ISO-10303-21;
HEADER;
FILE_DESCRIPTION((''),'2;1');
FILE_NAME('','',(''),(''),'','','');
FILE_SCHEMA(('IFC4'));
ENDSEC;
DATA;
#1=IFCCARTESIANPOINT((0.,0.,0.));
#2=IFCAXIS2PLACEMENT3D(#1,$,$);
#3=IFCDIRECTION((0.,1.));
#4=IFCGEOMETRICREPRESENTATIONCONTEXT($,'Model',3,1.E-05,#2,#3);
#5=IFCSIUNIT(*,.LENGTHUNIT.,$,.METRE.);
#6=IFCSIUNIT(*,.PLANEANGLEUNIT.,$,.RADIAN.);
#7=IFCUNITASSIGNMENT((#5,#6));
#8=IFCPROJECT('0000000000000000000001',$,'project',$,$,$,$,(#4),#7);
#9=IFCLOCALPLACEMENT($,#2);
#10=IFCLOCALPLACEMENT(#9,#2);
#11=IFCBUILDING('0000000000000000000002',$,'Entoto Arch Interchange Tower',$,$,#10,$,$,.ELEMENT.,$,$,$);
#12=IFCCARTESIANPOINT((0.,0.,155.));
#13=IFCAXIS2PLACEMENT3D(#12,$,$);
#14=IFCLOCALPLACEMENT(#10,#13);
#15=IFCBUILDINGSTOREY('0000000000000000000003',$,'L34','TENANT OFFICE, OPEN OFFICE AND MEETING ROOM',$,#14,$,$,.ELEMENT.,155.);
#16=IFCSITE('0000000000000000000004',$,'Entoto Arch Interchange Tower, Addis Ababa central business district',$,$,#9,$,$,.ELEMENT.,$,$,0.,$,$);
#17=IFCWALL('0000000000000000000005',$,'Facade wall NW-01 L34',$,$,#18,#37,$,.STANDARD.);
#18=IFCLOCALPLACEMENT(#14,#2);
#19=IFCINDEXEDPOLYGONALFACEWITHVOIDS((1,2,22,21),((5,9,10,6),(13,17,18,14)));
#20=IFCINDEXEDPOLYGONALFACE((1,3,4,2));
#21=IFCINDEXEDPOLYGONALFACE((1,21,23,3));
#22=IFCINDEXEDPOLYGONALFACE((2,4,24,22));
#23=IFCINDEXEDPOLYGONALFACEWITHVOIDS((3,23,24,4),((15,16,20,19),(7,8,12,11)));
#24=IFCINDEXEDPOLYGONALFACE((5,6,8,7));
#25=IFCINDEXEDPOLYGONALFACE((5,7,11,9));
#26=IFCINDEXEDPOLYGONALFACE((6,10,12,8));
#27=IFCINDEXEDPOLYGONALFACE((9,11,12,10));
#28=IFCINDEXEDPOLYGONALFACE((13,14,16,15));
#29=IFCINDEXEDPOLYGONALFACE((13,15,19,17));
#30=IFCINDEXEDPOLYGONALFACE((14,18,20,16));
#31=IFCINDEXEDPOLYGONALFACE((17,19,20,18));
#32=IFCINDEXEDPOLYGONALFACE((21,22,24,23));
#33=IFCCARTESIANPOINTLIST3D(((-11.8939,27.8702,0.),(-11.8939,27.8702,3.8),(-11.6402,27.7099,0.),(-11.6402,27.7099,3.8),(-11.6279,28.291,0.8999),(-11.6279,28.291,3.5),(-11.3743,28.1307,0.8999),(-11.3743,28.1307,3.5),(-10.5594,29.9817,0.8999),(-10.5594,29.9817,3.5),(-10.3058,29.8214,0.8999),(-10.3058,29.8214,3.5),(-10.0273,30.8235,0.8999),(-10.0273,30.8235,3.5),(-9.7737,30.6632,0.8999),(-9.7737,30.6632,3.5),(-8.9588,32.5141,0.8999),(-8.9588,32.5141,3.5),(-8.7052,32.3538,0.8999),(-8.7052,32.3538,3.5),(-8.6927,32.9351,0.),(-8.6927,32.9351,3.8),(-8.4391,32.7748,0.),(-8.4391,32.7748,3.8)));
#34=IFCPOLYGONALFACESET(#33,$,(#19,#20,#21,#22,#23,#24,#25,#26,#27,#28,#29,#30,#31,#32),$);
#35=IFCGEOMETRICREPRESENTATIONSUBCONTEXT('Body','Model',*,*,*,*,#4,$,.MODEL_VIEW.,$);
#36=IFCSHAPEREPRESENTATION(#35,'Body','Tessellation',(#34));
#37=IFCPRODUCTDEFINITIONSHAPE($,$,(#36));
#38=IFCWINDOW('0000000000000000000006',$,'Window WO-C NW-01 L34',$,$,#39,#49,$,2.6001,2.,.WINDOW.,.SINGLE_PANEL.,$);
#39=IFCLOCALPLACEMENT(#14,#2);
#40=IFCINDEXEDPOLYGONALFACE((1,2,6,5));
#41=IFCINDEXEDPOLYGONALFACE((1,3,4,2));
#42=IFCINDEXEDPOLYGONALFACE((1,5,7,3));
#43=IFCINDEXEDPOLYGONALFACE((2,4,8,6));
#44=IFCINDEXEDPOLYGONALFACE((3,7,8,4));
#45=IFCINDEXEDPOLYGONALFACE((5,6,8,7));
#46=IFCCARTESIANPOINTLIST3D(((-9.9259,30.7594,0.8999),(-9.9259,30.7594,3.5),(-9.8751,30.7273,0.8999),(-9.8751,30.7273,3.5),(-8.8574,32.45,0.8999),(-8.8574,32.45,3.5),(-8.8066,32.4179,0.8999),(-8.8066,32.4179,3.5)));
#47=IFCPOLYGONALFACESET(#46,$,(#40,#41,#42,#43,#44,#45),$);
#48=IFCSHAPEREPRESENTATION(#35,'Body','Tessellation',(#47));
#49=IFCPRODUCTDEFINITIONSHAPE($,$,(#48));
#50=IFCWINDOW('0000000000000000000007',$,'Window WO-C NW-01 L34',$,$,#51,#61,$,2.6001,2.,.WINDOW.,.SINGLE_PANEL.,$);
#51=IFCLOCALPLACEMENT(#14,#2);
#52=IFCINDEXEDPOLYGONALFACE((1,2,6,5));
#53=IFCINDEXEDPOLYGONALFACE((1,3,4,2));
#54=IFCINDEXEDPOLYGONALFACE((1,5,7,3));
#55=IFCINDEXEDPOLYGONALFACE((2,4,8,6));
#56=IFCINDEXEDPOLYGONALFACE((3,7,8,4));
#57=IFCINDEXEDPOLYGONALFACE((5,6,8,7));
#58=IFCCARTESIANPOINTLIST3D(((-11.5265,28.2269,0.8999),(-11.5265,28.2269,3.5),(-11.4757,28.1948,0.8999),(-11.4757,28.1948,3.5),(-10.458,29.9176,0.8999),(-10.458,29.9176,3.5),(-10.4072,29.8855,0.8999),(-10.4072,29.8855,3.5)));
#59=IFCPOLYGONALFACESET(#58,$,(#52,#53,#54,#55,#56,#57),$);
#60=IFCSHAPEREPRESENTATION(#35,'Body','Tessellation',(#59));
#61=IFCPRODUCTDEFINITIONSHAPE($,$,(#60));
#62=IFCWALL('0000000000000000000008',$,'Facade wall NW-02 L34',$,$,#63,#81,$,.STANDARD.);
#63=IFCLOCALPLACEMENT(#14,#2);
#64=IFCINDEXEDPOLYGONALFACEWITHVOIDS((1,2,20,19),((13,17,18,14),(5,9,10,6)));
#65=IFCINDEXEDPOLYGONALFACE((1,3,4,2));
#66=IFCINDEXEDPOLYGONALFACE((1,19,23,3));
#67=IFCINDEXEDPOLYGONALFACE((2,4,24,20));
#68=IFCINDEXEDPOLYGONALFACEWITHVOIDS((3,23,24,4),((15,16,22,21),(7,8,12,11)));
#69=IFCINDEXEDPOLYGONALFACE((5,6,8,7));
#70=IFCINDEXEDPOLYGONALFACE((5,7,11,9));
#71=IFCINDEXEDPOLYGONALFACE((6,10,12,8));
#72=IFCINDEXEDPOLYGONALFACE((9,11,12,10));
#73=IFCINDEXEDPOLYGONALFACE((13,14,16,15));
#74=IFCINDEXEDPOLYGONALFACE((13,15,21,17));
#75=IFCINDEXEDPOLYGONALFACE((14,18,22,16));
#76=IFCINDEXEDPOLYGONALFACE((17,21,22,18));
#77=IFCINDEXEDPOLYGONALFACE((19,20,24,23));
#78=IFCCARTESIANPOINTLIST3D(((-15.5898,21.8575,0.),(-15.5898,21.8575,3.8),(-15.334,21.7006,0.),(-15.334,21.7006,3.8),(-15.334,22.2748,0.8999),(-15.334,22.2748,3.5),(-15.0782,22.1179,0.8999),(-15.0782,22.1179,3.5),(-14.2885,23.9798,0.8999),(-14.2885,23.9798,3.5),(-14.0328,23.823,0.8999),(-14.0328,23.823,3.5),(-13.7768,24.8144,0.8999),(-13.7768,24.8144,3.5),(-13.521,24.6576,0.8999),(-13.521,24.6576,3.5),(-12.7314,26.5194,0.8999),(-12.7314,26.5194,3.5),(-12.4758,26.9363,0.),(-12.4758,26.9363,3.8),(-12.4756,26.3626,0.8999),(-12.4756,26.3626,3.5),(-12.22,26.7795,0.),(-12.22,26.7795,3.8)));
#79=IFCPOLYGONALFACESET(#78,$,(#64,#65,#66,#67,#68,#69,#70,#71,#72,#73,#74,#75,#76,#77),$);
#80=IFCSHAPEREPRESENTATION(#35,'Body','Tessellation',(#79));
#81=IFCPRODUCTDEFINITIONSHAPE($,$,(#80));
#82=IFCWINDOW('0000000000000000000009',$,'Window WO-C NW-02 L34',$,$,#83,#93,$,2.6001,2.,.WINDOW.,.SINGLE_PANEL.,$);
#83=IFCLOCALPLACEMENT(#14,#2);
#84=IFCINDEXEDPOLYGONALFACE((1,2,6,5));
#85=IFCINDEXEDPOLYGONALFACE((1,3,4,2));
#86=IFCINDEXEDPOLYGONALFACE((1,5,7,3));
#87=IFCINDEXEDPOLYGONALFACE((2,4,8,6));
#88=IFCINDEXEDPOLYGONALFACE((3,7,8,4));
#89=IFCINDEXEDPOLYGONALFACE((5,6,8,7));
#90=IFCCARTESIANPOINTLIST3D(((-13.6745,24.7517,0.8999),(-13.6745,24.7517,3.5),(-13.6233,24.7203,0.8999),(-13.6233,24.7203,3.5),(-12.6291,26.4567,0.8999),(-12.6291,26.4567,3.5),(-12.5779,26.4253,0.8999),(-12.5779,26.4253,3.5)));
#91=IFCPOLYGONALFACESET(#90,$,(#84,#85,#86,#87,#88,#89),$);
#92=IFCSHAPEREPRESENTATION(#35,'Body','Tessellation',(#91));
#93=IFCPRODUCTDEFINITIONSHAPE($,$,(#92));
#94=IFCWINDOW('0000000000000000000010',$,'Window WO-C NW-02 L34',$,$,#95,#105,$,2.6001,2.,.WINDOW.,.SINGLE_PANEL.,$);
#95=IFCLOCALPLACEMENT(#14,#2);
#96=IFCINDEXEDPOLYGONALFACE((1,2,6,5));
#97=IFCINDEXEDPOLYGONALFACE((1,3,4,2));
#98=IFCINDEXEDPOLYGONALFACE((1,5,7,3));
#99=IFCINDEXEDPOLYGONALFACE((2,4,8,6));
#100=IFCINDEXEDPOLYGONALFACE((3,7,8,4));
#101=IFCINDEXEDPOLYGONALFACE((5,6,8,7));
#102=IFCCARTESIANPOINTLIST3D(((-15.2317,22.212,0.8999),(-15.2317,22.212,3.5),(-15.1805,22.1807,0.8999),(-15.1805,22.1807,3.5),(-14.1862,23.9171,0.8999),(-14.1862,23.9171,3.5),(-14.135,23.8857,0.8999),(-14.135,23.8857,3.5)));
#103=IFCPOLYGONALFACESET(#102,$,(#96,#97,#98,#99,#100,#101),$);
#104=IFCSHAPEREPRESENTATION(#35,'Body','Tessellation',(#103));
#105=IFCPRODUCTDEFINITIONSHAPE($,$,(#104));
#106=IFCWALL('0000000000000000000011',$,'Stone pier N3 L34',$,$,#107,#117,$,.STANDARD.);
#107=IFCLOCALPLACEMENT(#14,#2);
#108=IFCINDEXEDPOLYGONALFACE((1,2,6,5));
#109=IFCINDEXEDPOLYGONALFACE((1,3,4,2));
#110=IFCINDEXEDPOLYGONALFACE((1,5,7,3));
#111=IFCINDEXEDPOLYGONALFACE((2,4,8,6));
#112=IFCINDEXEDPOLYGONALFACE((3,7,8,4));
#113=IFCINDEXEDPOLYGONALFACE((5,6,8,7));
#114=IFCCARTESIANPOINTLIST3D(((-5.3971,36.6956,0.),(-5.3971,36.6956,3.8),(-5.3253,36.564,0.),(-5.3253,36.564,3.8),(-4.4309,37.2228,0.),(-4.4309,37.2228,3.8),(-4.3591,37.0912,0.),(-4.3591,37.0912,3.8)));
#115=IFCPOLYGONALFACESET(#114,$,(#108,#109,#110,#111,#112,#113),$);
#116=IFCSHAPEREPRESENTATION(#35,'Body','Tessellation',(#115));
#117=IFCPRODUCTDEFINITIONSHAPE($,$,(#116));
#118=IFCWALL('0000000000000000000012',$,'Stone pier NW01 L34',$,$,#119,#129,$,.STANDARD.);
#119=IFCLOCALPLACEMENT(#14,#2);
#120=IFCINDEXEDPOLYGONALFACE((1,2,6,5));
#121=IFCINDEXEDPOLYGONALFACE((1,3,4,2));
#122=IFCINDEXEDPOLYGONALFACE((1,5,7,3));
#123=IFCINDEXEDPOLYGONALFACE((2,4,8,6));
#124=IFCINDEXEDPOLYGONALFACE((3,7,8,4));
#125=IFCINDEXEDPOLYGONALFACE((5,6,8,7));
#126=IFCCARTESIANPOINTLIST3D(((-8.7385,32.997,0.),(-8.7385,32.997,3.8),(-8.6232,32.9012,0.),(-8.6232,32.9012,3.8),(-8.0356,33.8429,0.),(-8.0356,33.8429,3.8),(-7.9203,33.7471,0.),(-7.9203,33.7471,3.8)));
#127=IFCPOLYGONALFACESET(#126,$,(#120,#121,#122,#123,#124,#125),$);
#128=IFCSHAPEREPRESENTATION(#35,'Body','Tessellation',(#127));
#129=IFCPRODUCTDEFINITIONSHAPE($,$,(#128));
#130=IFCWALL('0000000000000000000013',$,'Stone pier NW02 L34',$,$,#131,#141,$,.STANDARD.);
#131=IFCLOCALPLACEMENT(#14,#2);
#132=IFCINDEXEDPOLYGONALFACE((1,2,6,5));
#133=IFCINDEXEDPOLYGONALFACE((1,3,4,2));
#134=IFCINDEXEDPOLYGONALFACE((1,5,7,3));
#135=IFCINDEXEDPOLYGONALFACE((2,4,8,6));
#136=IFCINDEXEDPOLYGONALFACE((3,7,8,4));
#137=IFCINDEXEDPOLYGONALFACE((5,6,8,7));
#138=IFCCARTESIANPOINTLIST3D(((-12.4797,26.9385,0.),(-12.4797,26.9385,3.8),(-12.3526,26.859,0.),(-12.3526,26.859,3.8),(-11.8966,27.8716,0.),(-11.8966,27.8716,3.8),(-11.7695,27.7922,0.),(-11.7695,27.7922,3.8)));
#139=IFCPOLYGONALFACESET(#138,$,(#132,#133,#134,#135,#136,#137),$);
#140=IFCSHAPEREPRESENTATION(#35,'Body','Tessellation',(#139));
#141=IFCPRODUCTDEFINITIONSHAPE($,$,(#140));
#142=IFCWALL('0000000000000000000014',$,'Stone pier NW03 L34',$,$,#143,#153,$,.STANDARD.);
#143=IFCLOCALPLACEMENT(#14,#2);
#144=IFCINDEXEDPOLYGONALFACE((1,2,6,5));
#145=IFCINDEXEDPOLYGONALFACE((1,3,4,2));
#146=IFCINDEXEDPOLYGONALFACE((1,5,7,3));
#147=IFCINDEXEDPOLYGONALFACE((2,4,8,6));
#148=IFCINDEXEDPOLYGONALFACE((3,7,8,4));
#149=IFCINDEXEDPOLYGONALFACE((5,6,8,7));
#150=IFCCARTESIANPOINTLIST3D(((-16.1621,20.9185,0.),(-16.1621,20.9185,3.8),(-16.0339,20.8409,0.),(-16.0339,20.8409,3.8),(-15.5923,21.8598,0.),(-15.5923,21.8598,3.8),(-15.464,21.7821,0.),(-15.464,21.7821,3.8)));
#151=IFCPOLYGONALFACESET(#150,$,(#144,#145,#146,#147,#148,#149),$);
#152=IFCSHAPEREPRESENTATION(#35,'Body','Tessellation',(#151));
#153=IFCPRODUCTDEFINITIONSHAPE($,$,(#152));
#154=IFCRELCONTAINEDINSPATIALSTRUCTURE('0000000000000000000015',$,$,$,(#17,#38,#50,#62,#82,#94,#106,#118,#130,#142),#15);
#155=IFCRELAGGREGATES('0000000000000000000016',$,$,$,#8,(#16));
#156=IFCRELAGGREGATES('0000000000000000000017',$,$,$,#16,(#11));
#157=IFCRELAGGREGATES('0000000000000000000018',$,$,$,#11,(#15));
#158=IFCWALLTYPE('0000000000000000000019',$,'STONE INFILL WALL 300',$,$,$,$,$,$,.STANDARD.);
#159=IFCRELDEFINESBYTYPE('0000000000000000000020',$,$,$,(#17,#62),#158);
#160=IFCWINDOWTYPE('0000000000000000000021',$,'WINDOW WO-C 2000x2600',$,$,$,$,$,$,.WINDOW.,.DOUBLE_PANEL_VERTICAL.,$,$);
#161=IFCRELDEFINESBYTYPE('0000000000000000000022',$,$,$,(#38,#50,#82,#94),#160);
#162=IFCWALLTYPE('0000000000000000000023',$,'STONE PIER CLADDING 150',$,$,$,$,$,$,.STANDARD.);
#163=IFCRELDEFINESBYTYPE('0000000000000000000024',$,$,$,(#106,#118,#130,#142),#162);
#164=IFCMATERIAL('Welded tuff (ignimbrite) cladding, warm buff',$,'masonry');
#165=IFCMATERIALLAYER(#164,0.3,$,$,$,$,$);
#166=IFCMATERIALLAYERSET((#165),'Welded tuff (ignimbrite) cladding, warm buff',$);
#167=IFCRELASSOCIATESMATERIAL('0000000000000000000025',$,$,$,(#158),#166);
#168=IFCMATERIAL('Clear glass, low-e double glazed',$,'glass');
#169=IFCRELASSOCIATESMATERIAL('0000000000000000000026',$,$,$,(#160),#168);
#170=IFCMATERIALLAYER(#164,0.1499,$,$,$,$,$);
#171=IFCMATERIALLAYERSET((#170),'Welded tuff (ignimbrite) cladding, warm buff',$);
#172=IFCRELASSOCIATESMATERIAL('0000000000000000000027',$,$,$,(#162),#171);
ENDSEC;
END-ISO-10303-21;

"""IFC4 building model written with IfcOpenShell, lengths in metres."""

from ifc_helpers import new_model, si_unit, direction, frame, frame_2d, origin, place, context, subcontext, project, spatial, rectangle, extrude, material, layer, layer_set, type_object, element, fill, save


model = new_model("IFC4")

# Units and contexts
model_context = context("Model", 3, precision=1e-05, world=origin(), true_north=direction((0.0, 1.0)))
body_context = subcontext(model_context, "Body", "Model", "MODEL_VIEW")
ifc_project = project(units=[si_unit("LENGTHUNIT", "METRE"), si_unit("PLANEANGLEUNIT", "RADIAN")], contexts=[model_context])

# Site, building, storey
site_placement = place(None, origin())
site = spatial("IfcSite", under=ifc_project, at=site_placement, Name="Entoto Arch Interchange Tower, Addis Ababa central business district", CompositionType="ELEMENT", RefElevation=0.0)
building_placement = place(site_placement, origin())
building = spatial("IfcBuilding", under=site, at=building_placement, Name="Entoto Arch Interchange Tower", CompositionType="ELEMENT")
storey_placement = place(building_placement, frame((0.0, 0.0, 155.0)))
storey = spatial("IfcBuildingStorey", under=building, at=storey_placement, Name="L34", Description="TENANT OFFICE, OPEN OFFICE AND MEETING ROOM", CompositionType="ELEMENT", Elevation=155.0)

# Shared definitions
ifc_material_1 = material(Name="Welded tuff (ignimbrite) cladding, warm buff", Category="masonry")
ifc_layer_1 = layer(ifc_material_1, 0.3)
ifc_layer_set_1 = layer_set([ifc_layer_1], Name="Welded tuff (ignimbrite) cladding, warm buff")
wall_type_1 = type_object("IfcWallType", Name="STONE INFILL WALL 300", PredefinedType="STANDARD", material=ifc_layer_set_1)
ifc_material_2 = material(Name="Clear glass, low-e double glazed", Category="glass")

# Walls, openings, windows
wall_1_placement = place(storey_placement, frame((-8.5659, 32.855, 0.0), z_axis=(0.0, 0.0, 1.0), x_axis=(-0.534263, -0.845318, 0.0)))
wall_1 = element("IfcWall", 1, at=wall_1_placement, inside=storey, type_object=wall_type_1, Name="Facade wall NW-01 L34", PredefinedType="STANDARD", context=body_context, shape_type="SweptSolid", body=[
    extrude(rectangle(XDim=5.9917, YDim=0.3, at=frame_2d((2.9958, 0.0))), origin(), (0.0, 0.0, 1.0), 3.8),
])
opening_1_placement = place(wall_1_placement, frame((0.498, 0.0, 0.8999)))
opening_1 = element("IfcOpeningElement", 2, at=opening_1_placement, cuts=wall_1, PredefinedType="OPENING", context=body_context, shape_type="SweptSolid", body=[
    extrude(rectangle(XDim=2.0, YDim=2.6001, at=frame_2d((1.0, 1.3))), frame((0.0, 0.1602, 0.0), z_axis=(0.0, -1.0, 0.0), x_axis=(1.0, 0.0, 0.0)), (0.0, 0.0, 1.0), 0.3201),
])
opening_2_placement = place(wall_1_placement, frame((3.4939, 0.0, 0.8999)))
opening_2 = element("IfcOpeningElement", 3, at=opening_2_placement, cuts=wall_1, PredefinedType="OPENING", context=body_context, shape_type="SweptSolid", body=[
    extrude(rectangle(XDim=2.0, YDim=2.6001, at=frame_2d((1.0, 1.3))), frame((0.0, 0.1602, 0.0), z_axis=(0.0, -1.0, 0.0), x_axis=(1.0, 0.0, 0.0)), (0.0, 0.0, 1.0), 0.3201),
])
window_type_1 = type_object("IfcWindowType", Name="WINDOW WO-C 2000x2600", PartitioningType="DOUBLE_PANEL_VERTICAL", PredefinedType="WINDOW", material=ifc_material_2)
window_1_placement = place(opening_1_placement, origin())
window_1 = element("IfcWindow", 4, at=window_1_placement, inside=storey, type_object=window_type_1, Name="Window WO-C NW-01 L34", OverallHeight=2.6001, OverallWidth=2.0, PartitioningType="SINGLE_PANEL", PredefinedType="WINDOW", context=body_context, shape_type="SweptSolid", body=[
    extrude(rectangle(XDim=2.0, YDim=2.6001, at=frame_2d((1.0, 1.3))), frame((0.0, 0.03, 0.0), z_axis=(0.0, -1.0, 0.0), x_axis=(1.0, 0.0, 0.0)), (0.0, 0.0, 1.0), 0.0601),
])
fill(opening_1, window_1)
window_2_placement = place(opening_2_placement, origin())
window_2 = element("IfcWindow", 5, at=window_2_placement, inside=storey, type_object=window_type_1, Name="Window WO-C NW-01 L34", OverallHeight=2.6001, OverallWidth=2.0, PartitioningType="SINGLE_PANEL", PredefinedType="WINDOW", context=body_context, shape_type="SweptSolid", body=[
    extrude(rectangle(XDim=2.0, YDim=2.6001, at=frame_2d((1.0, 1.3))), frame((0.0, 0.03, 0.0), z_axis=(0.0, -1.0, 0.0), x_axis=(1.0, 0.0, 0.0)), (0.0, 0.0, 1.0), 0.0601),
])
fill(opening_2, window_2)
wall_2_placement = place(storey_placement, frame((-12.3479, 26.8579, 0.0), z_axis=(0.0, 0.0, 1.0), x_axis=(-0.522704, -0.852514, 0.0)))
wall_2 = element("IfcWall", 6, at=wall_2_placement, inside=storey, type_object=wall_type_1, Name="Facade wall NW-02 L34", PredefinedType="STANDARD", context=body_context, shape_type="SweptSolid", body=[
    extrude(rectangle(XDim=5.9575, YDim=0.3, at=frame_2d((2.9788, 0.0))), origin(), (0.0, 0.0, 1.0), 3.8),
])
opening_3_placement = place(wall_2_placement, frame((0.489, 0.0, 0.8999)))
opening_3 = element("IfcOpeningElement", 7, at=opening_3_placement, cuts=wall_2, PredefinedType="OPENING", context=body_context, shape_type="SweptSolid", body=[
    extrude(rectangle(XDim=2.0, YDim=2.6001, at=frame_2d((1.0, 1.3))), frame((0.0, 0.1602, 0.0), z_axis=(0.0, -1.0, 0.0), x_axis=(1.0, 0.0, 0.0)), (0.0, 0.0, 1.0), 0.3201),
])
opening_4_placement = place(wall_2_placement, frame((3.468, 0.0, 0.8999)))
opening_4 = element("IfcOpeningElement", 8, at=opening_4_placement, cuts=wall_2, PredefinedType="OPENING", context=body_context, shape_type="SweptSolid", body=[
    extrude(rectangle(XDim=2.0, YDim=2.6001, at=frame_2d((1.0, 1.3))), frame((0.0, 0.1602, 0.0), z_axis=(0.0, -1.0, 0.0), x_axis=(1.0, 0.0, 0.0)), (0.0, 0.0, 1.0), 0.3201),
])
window_3_placement = place(opening_3_placement, origin())
window_3 = element("IfcWindow", 9, at=window_3_placement, inside=storey, type_object=window_type_1, Name="Window WO-C NW-02 L34", OverallHeight=2.6001, OverallWidth=2.0, PartitioningType="SINGLE_PANEL", PredefinedType="WINDOW", context=body_context, shape_type="SweptSolid", body=[
    extrude(rectangle(XDim=2.0, YDim=2.6001, at=frame_2d((1.0, 1.3))), frame((0.0, 0.03, 0.0), z_axis=(0.0, -1.0, 0.0), x_axis=(1.0, 0.0, 0.0)), (0.0, 0.0, 1.0), 0.0601),
])
fill(opening_3, window_3)
window_4_placement = place(opening_4_placement, origin())
window_4 = element("IfcWindow", 10, at=window_4_placement, inside=storey, type_object=window_type_1, Name="Window WO-C NW-02 L34", OverallHeight=2.6001, OverallWidth=2.0, PartitioningType="SINGLE_PANEL", PredefinedType="WINDOW", context=body_context, shape_type="SweptSolid", body=[
    extrude(rectangle(XDim=2.0, YDim=2.6001, at=frame_2d((1.0, 1.3))), frame((0.0, 0.03, 0.0), z_axis=(0.0, -1.0, 0.0), x_axis=(1.0, 0.0, 0.0)), (0.0, 0.0, 1.0), 0.0601),
])
fill(opening_4, window_4)

# Walls
ifc_layer_2 = layer(ifc_material_1, 0.1499)
ifc_layer_set_2 = layer_set([ifc_layer_2], Name="Welded tuff (ignimbrite) cladding, warm buff")
wall_type_2 = type_object("IfcWallType", Name="STONE PIER CLADDING 150", PredefinedType="STANDARD", material=ifc_layer_set_2)
wall_3_placement = place(storey_placement, frame((-4.395, 37.157, 0.0), z_axis=(0.0, 0.0, 1.0), x_axis=(-0.877836, -0.478961, 0.0)))
element("IfcWall", 11, at=wall_3_placement, inside=storey, type_object=wall_type_2, Name="Stone pier N3 L34", PredefinedType="STANDARD", context=body_context, shape_type="SweptSolid", body=[
    extrude(rectangle(XDim=1.1006, YDim=0.1499, at=frame_2d((0.5503, 0.0))), origin(), (0.0, 0.0, 1.0), 3.8),
])
wall_4_placement = place(storey_placement, frame((-7.978, 33.7949, 0.0), z_axis=(0.0, 0.0, 1.0), x_axis=(-0.63907, -0.769148, 0.0)))
element("IfcWall", 12, at=wall_4_placement, inside=storey, type_object=wall_type_2, Name="Stone pier NW01 L34", PredefinedType="STANDARD", context=body_context, shape_type="SweptSolid", body=[
    extrude(rectangle(XDim=1.0999, YDim=0.1499, at=frame_2d((0.5498, 0.0))), origin(), (0.0, 0.0, 1.0), 3.8),
])
for number, where, z_axis, x_axis, name in (
    (13, (-11.833, 27.832, 0.0), (0.0, 0.0, 1.0), (-0.529879, -0.848073, 0.0), "Stone pier NW02 L34"),
    (14, (-15.5281, 21.821, 0.0), (0.0, 0.0, 1.0), (-0.517918, -0.85543, 0.0), "Stone pier NW03 L34"),
):
    element("IfcWall", number, at=place(storey_placement, frame(where, z_axis=z_axis, x_axis=x_axis)), inside=storey, type_object=wall_type_2, Name=name, PredefinedType="STANDARD", context=body_context, shape_type="SweptSolid", body=[
        extrude(rectangle(XDim=1.1003, YDim=0.1499, at=frame_2d((0.5503, 0.0))), origin(), (0.0, 0.0, 1.0), 3.8),
    ])

save(model, "model.ifc")
